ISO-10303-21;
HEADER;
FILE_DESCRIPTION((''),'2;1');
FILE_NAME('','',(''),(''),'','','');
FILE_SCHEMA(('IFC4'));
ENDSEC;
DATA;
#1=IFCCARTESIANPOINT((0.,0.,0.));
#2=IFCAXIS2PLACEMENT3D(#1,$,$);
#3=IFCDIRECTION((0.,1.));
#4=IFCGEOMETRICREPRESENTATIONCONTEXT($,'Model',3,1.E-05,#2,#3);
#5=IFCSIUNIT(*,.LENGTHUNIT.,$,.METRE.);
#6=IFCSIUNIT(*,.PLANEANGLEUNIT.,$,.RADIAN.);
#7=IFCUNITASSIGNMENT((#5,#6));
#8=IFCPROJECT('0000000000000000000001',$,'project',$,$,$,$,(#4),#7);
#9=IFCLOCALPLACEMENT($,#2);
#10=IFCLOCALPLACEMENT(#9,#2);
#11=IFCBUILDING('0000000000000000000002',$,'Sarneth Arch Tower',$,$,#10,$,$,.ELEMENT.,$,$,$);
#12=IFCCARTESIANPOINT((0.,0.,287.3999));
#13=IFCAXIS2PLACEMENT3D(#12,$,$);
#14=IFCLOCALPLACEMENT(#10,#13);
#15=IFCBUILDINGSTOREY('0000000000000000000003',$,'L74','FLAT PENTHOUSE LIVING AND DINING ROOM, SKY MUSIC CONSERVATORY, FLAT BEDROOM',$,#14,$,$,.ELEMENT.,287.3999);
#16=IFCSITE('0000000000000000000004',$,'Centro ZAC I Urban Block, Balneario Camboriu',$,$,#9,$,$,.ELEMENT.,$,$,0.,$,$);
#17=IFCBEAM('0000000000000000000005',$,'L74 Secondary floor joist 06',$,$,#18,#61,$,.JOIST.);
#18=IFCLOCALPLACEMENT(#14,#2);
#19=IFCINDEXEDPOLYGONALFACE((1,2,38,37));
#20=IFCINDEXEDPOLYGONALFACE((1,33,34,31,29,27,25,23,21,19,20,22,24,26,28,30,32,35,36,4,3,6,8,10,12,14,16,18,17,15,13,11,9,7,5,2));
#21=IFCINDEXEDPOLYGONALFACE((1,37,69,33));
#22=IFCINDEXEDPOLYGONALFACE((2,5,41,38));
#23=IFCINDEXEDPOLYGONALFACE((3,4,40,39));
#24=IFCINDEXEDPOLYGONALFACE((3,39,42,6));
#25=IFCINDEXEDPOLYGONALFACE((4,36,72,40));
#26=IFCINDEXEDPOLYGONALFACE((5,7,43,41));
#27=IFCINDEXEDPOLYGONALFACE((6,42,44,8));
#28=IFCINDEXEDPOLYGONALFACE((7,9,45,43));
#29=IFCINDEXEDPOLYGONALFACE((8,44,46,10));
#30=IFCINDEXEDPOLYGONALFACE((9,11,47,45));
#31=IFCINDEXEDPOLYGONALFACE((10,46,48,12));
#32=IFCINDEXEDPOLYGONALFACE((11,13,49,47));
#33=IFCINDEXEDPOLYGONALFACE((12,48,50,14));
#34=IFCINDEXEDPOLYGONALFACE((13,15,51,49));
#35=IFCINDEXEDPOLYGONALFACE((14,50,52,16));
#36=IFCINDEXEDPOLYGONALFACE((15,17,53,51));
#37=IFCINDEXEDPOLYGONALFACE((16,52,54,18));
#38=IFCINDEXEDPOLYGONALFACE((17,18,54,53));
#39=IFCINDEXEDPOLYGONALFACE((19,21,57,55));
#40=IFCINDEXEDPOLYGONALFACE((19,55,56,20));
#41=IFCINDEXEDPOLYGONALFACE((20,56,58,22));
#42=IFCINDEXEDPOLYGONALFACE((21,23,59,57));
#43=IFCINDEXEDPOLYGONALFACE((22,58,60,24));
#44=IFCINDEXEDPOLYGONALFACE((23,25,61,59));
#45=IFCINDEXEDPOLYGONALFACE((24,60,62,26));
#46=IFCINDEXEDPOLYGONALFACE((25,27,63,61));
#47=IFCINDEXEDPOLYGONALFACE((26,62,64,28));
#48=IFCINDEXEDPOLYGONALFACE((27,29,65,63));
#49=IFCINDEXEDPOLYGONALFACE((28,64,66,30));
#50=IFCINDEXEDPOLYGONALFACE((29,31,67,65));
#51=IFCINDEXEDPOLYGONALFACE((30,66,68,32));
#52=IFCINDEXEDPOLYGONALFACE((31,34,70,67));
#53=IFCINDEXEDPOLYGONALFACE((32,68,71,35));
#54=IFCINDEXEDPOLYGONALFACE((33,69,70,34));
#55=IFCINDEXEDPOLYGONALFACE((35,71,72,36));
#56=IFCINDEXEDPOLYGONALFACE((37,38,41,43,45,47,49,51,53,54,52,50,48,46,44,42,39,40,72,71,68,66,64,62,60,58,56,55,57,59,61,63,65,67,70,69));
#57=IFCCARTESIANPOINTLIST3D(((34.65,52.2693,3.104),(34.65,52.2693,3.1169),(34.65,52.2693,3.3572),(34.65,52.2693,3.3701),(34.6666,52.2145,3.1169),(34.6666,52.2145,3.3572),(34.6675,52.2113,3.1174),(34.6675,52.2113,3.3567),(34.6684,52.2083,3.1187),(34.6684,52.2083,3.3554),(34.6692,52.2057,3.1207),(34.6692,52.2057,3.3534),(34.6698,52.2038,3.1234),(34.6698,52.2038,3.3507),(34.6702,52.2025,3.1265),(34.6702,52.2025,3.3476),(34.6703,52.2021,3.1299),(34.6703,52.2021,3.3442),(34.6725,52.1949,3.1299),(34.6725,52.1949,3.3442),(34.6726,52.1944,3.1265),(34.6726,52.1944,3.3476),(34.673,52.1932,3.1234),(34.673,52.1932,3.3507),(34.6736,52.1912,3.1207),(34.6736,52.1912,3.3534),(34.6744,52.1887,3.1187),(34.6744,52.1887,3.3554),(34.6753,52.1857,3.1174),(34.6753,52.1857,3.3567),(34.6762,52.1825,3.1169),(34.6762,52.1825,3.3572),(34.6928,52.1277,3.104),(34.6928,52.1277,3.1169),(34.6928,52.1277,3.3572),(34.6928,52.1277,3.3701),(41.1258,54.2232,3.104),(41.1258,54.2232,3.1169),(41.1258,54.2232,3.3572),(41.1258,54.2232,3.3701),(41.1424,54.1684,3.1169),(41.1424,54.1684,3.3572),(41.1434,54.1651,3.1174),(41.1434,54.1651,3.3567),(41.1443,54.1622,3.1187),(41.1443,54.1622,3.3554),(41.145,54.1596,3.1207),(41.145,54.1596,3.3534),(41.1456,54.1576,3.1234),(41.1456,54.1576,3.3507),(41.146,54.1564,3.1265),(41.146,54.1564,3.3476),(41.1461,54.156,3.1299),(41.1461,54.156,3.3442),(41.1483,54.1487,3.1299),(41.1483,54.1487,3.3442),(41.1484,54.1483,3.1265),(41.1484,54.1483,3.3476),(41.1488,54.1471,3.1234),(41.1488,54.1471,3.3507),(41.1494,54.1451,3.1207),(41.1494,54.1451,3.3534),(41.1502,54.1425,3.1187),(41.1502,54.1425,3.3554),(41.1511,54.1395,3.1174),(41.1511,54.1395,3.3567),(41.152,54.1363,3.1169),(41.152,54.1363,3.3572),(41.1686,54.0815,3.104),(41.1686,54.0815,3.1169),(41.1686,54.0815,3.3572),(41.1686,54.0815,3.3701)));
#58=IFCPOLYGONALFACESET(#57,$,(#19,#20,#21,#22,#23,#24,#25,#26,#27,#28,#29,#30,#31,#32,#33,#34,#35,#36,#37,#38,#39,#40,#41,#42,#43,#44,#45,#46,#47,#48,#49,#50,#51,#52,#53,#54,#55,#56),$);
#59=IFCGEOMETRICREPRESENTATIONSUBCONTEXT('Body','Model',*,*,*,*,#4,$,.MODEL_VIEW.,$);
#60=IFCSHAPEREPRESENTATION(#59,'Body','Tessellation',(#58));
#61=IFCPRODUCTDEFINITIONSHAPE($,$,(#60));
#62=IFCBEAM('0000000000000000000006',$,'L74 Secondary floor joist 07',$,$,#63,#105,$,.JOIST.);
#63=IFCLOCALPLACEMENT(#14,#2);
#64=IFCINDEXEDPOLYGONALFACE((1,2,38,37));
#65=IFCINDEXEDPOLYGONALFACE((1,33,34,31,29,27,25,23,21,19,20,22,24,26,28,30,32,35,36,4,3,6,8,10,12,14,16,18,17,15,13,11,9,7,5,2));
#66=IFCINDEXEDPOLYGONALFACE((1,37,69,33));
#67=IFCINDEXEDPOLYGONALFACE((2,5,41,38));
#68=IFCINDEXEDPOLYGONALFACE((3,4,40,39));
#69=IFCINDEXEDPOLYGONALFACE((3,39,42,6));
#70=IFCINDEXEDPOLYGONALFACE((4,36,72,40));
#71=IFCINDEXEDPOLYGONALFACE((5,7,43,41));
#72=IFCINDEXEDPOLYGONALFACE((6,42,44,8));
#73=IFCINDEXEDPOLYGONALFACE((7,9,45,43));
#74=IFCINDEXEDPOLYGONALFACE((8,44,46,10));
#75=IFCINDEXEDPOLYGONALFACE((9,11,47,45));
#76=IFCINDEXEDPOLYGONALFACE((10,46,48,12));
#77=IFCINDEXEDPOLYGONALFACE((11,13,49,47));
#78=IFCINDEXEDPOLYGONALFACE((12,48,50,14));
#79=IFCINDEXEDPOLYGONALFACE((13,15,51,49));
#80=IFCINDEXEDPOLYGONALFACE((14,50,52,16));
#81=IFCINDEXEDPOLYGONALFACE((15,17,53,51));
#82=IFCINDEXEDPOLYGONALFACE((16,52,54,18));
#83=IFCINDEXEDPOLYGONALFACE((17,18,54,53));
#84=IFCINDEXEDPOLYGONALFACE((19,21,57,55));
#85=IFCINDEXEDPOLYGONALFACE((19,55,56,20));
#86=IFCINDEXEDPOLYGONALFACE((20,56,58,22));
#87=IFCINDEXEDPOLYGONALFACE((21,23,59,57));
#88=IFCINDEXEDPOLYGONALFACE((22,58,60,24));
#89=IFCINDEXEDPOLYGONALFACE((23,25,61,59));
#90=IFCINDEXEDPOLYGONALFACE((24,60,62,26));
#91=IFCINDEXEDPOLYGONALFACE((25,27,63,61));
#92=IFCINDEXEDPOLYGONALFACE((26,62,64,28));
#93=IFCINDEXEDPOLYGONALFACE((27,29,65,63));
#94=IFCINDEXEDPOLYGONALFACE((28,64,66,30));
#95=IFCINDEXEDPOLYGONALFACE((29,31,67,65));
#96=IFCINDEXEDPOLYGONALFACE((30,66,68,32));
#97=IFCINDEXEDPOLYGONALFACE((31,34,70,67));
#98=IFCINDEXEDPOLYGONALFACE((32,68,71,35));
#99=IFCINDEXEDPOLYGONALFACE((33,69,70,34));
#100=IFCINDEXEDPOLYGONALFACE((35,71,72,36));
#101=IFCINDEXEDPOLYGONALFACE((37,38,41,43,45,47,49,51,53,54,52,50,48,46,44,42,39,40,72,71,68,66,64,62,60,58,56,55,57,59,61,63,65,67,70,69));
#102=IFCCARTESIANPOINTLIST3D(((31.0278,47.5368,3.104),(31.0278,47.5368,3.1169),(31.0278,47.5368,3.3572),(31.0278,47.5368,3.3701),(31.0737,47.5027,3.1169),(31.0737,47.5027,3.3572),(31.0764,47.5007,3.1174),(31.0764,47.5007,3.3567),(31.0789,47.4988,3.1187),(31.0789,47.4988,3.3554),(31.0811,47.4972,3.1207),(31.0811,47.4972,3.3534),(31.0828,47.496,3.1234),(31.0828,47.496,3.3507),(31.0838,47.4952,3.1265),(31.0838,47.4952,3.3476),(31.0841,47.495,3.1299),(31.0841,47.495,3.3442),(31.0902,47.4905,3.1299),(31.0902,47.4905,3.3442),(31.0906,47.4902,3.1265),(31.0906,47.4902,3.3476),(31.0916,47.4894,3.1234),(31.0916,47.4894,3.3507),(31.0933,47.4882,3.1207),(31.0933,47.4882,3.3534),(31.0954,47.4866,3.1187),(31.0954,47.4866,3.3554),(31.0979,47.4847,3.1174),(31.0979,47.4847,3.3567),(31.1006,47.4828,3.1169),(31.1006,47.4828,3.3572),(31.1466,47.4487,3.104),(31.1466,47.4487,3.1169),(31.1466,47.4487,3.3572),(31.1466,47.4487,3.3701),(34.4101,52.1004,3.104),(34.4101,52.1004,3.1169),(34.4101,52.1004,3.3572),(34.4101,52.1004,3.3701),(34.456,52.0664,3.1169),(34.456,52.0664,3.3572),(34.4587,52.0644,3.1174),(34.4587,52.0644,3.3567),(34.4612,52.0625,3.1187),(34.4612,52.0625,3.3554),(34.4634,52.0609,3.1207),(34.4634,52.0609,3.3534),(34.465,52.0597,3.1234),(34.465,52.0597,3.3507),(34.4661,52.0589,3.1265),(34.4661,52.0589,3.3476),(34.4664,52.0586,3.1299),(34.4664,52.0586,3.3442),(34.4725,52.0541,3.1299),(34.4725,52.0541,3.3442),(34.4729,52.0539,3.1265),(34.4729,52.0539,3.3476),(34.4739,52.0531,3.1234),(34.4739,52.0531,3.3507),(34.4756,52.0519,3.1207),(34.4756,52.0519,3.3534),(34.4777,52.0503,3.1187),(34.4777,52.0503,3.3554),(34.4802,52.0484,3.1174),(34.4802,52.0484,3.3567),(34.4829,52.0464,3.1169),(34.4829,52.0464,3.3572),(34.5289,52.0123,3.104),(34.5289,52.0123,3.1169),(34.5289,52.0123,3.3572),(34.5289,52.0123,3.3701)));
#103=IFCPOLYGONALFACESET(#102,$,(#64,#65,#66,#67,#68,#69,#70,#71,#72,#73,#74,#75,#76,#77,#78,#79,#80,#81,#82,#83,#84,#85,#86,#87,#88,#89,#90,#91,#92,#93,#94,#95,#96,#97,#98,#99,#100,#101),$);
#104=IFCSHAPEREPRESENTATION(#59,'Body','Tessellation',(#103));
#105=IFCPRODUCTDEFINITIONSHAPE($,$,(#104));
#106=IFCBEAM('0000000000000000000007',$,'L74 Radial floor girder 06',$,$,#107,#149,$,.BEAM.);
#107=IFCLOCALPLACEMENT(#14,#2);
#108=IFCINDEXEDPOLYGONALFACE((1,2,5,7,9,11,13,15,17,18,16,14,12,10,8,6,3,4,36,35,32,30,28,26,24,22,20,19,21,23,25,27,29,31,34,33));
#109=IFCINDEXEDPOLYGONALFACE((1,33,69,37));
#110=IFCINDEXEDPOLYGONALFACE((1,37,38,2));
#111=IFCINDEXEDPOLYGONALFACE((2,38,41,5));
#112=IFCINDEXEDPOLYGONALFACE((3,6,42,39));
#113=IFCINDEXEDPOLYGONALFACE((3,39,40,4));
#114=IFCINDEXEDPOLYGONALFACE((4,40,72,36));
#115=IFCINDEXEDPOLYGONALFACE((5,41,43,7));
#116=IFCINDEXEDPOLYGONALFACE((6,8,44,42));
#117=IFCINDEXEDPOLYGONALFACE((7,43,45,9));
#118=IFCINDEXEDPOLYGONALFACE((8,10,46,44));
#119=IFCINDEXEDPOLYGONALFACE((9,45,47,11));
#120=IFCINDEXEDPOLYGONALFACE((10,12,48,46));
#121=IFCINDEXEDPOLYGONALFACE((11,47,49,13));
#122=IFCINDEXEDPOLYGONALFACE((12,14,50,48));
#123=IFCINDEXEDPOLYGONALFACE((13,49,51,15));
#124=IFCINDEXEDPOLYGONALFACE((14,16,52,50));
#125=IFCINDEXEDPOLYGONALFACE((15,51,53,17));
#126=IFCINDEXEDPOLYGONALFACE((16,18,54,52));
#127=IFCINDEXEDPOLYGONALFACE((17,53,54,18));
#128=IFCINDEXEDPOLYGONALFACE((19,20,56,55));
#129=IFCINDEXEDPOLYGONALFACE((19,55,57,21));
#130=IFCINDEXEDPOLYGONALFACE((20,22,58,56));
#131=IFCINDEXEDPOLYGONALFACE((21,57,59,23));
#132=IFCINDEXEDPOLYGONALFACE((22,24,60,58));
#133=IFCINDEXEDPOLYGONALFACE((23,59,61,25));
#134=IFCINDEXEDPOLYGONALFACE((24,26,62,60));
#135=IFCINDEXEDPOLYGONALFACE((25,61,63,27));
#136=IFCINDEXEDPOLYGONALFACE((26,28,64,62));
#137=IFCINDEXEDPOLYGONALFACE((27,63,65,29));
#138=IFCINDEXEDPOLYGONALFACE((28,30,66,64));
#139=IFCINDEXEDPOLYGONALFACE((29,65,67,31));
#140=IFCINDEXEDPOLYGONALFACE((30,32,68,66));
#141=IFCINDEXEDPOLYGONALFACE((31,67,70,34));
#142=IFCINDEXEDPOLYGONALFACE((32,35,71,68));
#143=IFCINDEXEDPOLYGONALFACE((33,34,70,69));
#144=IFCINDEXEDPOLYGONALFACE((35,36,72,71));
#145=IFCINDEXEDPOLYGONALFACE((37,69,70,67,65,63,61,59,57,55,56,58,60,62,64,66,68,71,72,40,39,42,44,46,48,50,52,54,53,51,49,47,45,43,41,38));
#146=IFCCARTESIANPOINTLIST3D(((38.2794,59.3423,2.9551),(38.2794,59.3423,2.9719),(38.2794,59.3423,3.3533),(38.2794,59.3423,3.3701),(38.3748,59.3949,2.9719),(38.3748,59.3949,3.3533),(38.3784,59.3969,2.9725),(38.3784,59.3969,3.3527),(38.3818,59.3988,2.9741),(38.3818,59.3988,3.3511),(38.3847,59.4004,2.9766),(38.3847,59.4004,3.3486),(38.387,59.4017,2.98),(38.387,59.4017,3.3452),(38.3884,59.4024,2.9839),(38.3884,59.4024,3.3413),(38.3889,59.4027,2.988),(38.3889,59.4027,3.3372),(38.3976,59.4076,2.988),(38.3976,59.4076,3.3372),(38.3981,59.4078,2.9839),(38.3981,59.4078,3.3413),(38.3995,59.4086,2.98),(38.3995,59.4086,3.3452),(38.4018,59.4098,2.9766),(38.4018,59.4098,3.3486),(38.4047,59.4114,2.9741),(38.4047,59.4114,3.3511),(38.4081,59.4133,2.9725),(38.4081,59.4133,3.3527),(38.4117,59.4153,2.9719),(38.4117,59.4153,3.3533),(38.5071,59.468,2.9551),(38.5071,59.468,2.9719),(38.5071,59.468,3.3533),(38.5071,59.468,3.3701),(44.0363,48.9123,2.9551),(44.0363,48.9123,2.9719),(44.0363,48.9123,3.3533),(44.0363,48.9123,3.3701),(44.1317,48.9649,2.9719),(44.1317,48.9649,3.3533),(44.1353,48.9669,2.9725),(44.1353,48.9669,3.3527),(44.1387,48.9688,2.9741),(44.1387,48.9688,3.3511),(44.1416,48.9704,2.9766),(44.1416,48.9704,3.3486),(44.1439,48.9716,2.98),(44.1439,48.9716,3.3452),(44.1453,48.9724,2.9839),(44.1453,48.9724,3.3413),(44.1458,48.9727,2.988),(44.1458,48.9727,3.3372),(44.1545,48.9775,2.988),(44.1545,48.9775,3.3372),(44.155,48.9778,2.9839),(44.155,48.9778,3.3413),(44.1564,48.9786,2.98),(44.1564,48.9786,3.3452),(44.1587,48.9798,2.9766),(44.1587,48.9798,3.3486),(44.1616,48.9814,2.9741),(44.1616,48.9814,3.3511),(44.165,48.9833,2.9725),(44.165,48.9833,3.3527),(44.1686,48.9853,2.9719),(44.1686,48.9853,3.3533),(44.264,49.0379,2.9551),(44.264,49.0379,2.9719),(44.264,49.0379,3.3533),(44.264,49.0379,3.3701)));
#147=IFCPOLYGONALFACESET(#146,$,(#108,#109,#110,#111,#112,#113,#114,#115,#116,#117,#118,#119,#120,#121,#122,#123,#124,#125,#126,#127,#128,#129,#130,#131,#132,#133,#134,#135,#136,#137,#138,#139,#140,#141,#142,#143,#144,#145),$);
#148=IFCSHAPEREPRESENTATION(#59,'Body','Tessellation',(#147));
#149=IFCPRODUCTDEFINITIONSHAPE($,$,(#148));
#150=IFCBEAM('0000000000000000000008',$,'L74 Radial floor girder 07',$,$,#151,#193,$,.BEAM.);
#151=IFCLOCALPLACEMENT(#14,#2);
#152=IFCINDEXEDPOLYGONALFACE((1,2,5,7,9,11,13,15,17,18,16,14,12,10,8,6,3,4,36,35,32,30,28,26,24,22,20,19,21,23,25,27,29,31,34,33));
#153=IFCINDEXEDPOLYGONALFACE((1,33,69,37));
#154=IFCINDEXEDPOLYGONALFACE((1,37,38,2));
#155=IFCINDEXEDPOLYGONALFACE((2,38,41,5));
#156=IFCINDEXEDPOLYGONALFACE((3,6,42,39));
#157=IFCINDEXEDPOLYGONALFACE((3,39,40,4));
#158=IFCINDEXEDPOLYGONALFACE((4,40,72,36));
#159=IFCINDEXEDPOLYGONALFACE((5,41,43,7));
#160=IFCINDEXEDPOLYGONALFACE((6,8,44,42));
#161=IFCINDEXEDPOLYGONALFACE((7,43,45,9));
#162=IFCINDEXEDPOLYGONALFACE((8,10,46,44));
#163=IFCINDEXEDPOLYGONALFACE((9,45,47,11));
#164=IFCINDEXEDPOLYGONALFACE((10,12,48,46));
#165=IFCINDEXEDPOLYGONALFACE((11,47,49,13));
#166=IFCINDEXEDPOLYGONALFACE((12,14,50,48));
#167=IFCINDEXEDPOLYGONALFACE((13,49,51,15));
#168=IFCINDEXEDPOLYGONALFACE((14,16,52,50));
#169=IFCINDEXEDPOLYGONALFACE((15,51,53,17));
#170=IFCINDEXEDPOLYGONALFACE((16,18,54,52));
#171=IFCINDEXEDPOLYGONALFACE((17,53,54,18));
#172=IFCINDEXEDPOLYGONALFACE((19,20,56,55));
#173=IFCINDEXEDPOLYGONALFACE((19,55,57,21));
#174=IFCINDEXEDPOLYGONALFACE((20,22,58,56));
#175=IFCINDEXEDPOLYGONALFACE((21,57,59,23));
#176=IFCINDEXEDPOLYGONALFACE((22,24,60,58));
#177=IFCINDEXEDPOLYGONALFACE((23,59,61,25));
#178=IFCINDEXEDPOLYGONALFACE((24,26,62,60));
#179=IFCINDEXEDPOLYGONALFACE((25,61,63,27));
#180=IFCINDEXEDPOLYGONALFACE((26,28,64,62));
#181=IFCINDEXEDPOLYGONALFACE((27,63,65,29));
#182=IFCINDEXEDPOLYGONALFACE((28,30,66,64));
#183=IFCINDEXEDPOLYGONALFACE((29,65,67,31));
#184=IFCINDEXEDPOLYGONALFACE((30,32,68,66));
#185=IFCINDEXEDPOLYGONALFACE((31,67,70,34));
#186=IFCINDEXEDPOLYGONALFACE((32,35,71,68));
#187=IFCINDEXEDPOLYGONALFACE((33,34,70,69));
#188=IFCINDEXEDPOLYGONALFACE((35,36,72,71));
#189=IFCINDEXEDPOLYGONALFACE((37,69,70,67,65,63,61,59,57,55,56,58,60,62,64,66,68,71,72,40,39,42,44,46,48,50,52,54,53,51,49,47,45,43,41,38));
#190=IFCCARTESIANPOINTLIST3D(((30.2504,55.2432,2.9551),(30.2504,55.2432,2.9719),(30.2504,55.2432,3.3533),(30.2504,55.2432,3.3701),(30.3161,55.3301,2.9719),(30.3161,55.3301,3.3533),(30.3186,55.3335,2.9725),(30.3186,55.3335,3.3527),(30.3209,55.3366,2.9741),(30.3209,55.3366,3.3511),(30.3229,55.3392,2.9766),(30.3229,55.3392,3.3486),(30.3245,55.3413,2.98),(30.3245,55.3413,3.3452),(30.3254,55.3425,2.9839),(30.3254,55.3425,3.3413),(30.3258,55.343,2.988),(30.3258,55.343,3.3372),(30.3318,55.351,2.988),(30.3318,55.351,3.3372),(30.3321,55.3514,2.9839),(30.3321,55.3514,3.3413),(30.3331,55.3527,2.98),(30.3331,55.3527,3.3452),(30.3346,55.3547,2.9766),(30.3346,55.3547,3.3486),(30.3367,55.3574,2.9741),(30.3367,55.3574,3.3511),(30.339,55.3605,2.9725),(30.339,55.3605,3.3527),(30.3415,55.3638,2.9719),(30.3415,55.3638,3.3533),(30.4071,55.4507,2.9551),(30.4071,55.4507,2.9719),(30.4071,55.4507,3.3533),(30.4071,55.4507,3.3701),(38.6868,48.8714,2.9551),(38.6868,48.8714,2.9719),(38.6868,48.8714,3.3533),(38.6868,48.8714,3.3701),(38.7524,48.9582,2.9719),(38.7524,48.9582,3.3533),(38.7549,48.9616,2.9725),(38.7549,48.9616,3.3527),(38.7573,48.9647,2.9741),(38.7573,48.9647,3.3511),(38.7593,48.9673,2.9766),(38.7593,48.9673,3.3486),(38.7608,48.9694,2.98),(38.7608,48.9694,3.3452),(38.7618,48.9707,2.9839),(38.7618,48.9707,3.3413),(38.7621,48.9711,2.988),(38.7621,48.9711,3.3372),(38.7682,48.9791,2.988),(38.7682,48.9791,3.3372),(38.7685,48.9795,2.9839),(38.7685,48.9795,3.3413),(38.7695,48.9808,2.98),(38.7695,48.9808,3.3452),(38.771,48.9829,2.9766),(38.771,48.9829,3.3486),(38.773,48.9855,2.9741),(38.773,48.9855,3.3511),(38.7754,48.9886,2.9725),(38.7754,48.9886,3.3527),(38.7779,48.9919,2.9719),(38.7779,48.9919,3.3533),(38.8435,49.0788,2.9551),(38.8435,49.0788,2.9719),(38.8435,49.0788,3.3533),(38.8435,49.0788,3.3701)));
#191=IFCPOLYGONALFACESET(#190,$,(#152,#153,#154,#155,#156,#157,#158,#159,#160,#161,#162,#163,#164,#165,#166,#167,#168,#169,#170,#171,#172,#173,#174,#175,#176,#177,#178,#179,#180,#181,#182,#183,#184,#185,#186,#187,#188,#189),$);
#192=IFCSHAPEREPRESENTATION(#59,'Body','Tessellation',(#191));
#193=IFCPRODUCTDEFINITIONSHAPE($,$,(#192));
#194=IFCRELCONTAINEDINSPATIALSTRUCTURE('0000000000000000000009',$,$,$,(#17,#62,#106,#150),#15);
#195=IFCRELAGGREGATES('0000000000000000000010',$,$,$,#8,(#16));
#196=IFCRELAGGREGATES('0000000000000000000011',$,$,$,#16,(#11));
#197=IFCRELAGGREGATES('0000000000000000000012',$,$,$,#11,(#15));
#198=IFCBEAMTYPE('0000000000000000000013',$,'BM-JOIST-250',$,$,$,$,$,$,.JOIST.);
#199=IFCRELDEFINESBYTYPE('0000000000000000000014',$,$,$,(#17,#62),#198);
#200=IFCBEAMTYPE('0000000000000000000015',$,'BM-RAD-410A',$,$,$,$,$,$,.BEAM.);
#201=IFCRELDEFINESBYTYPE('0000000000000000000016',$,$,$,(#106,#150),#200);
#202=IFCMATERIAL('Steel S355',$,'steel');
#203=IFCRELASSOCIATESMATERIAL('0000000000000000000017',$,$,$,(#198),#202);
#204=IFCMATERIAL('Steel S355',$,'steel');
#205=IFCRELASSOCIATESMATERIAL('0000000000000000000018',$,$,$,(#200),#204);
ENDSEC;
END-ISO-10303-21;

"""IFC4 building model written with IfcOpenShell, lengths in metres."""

from ifc_helpers import new_model, si_unit, direction, frame, origin, origin_2d, place, context, subcontext, project, spatial, i_section, extrude, material, material_profile, profile_set, type_object, element, save


model = new_model("IFC4")

# Units and contexts
model_context = context("Model", 3, precision=1e-05, world=origin(), true_north=direction((0.0, 1.0)))
body_context = subcontext(model_context, "Body", "Model", "MODEL_VIEW")
ifc_project = project(units=[si_unit("LENGTHUNIT", "METRE"), si_unit("PLANEANGLEUNIT", "RADIAN")], contexts=[model_context])

# Site, building, storey
site_placement = place(None, origin())
site = spatial("IfcSite", under=ifc_project, at=site_placement, Name="Centro ZAC I Urban Block, Balneario Camboriu", CompositionType="ELEMENT", RefElevation=0.0)
building_placement = place(site_placement, origin())
building = spatial("IfcBuilding", under=site, at=building_placement, Name="Sarneth Arch Tower", CompositionType="ELEMENT")
storey_placement = place(building_placement, frame((0.0, 0.0, 287.3999)))
storey = spatial("IfcBuildingStorey", under=building, at=storey_placement, Name="L74", Description="FLAT PENTHOUSE LIVING AND DINING ROOM, SKY MUSIC CONSERVATORY, FLAT BEDROOM", CompositionType="ELEMENT", Elevation=287.3999)

# Beams
ifc_material_1 = material(Name="Steel S355", Category="steel")
ifc_material_profile_1 = material_profile(ifc_material_1, i_section(OverallWidth=0.1479, OverallDepth=0.2661, WebThickness=0.0076, FlangeThickness=0.0129, FilletRadius=0.0129, at=origin_2d()), Name="W250x44.8")
ifc_profile_set_1 = profile_set([ifc_material_profile_1], Name="Steel S355")
beam_type_1 = type_object("IfcBeamType", Name="BM-JOIST-250", PredefinedType="JOIST", material=ifc_profile_set_1)
beam_1_placement = place(storey_placement, frame((41.1472, 54.1523, 3.2371), z_axis=(-0.957373, -0.288854, 0.0), x_axis=(0.288854, -0.957373, 0.0)))
element("IfcBeam", 1, at=beam_1_placement, inside=storey, type_object=beam_type_1, Name="L74 Secondary floor joist 06", PredefinedType="JOIST", context=body_context, shape_type="SweptSolid", body=[
    extrude(i_section(OverallWidth=0.1479, OverallDepth=0.2661, WebThickness=0.0076, FlangeThickness=0.0129, FilletRadius=0.0129, at=origin_2d()), origin(), (0.0, 0.0, 1.0), 6.7642),
])
beam_2_placement = place(storey_placement, frame((34.4695, 52.0564, 3.2371), z_axis=(-0.595431, -0.803406, 0.0), x_axis=(0.803406, -0.595431, 0.0)))
element("IfcBeam", 2, at=beam_2_placement, inside=storey, type_object=beam_type_1, Name="L74 Secondary floor joist 07", PredefinedType="JOIST", context=body_context, shape_type="SweptSolid", body=[
    extrude(i_section(OverallWidth=0.1479, OverallDepth=0.2661, WebThickness=0.0076, FlangeThickness=0.0129, FilletRadius=0.0129, at=origin_2d()), origin(), (0.0, 0.0, 1.0), 5.6804),
])
ifc_material_2 = material(Name="Steel S355", Category="steel")
ifc_material_profile_2 = material_profile(ifc_material_2, i_section(OverallWidth=0.26, OverallDepth=0.415, WebThickness=0.01, FlangeThickness=0.0168, FilletRadius=0.0161, at=origin_2d()), Name="W410x100")
ifc_profile_set_2 = profile_set([ifc_material_profile_2], Name="Steel S355")
beam_type_2 = type_object("IfcBeamType", Name="BM-RAD-410A", PredefinedType="BEAM", material=ifc_profile_set_2)
beam_3_placement = place(storey_placement, frame((44.1501, 48.9751, 3.1626), z_axis=(-0.483231, 0.875493, 0.0), x_axis=(-0.875493, -0.483231, 0.0)))
element("IfcBeam", 3, at=beam_3_placement, inside=storey, type_object=beam_type_2, Name="L74 Radial floor girder 06", PredefinedType="BEAM", context=body_context, shape_type="SweptSolid", body=[
    extrude(i_section(OverallWidth=0.26, OverallDepth=0.415, WebThickness=0.01, FlangeThickness=0.0168, FilletRadius=0.0161, at=origin_2d()), origin(), (0.0, 0.0, 1.0), 11.9133),
])
beam_4_placement = place(storey_placement, frame((38.7651, 48.9751, 3.1626), z_axis=(-0.79797, 0.602698, 0.0), x_axis=(-0.602698, -0.79797, 0.0)))
element("IfcBeam", 4, at=beam_4_placement, inside=storey, type_object=beam_type_2, Name="L74 Radial floor girder 07", PredefinedType="BEAM", context=body_context, shape_type="SweptSolid", body=[
    extrude(i_section(OverallWidth=0.26, OverallDepth=0.415, WebThickness=0.01, FlangeThickness=0.0168, FilletRadius=0.0161, at=origin_2d()), origin(), (0.0, 0.0, 1.0), 10.5723),
])

save(model, "model.ifc")
